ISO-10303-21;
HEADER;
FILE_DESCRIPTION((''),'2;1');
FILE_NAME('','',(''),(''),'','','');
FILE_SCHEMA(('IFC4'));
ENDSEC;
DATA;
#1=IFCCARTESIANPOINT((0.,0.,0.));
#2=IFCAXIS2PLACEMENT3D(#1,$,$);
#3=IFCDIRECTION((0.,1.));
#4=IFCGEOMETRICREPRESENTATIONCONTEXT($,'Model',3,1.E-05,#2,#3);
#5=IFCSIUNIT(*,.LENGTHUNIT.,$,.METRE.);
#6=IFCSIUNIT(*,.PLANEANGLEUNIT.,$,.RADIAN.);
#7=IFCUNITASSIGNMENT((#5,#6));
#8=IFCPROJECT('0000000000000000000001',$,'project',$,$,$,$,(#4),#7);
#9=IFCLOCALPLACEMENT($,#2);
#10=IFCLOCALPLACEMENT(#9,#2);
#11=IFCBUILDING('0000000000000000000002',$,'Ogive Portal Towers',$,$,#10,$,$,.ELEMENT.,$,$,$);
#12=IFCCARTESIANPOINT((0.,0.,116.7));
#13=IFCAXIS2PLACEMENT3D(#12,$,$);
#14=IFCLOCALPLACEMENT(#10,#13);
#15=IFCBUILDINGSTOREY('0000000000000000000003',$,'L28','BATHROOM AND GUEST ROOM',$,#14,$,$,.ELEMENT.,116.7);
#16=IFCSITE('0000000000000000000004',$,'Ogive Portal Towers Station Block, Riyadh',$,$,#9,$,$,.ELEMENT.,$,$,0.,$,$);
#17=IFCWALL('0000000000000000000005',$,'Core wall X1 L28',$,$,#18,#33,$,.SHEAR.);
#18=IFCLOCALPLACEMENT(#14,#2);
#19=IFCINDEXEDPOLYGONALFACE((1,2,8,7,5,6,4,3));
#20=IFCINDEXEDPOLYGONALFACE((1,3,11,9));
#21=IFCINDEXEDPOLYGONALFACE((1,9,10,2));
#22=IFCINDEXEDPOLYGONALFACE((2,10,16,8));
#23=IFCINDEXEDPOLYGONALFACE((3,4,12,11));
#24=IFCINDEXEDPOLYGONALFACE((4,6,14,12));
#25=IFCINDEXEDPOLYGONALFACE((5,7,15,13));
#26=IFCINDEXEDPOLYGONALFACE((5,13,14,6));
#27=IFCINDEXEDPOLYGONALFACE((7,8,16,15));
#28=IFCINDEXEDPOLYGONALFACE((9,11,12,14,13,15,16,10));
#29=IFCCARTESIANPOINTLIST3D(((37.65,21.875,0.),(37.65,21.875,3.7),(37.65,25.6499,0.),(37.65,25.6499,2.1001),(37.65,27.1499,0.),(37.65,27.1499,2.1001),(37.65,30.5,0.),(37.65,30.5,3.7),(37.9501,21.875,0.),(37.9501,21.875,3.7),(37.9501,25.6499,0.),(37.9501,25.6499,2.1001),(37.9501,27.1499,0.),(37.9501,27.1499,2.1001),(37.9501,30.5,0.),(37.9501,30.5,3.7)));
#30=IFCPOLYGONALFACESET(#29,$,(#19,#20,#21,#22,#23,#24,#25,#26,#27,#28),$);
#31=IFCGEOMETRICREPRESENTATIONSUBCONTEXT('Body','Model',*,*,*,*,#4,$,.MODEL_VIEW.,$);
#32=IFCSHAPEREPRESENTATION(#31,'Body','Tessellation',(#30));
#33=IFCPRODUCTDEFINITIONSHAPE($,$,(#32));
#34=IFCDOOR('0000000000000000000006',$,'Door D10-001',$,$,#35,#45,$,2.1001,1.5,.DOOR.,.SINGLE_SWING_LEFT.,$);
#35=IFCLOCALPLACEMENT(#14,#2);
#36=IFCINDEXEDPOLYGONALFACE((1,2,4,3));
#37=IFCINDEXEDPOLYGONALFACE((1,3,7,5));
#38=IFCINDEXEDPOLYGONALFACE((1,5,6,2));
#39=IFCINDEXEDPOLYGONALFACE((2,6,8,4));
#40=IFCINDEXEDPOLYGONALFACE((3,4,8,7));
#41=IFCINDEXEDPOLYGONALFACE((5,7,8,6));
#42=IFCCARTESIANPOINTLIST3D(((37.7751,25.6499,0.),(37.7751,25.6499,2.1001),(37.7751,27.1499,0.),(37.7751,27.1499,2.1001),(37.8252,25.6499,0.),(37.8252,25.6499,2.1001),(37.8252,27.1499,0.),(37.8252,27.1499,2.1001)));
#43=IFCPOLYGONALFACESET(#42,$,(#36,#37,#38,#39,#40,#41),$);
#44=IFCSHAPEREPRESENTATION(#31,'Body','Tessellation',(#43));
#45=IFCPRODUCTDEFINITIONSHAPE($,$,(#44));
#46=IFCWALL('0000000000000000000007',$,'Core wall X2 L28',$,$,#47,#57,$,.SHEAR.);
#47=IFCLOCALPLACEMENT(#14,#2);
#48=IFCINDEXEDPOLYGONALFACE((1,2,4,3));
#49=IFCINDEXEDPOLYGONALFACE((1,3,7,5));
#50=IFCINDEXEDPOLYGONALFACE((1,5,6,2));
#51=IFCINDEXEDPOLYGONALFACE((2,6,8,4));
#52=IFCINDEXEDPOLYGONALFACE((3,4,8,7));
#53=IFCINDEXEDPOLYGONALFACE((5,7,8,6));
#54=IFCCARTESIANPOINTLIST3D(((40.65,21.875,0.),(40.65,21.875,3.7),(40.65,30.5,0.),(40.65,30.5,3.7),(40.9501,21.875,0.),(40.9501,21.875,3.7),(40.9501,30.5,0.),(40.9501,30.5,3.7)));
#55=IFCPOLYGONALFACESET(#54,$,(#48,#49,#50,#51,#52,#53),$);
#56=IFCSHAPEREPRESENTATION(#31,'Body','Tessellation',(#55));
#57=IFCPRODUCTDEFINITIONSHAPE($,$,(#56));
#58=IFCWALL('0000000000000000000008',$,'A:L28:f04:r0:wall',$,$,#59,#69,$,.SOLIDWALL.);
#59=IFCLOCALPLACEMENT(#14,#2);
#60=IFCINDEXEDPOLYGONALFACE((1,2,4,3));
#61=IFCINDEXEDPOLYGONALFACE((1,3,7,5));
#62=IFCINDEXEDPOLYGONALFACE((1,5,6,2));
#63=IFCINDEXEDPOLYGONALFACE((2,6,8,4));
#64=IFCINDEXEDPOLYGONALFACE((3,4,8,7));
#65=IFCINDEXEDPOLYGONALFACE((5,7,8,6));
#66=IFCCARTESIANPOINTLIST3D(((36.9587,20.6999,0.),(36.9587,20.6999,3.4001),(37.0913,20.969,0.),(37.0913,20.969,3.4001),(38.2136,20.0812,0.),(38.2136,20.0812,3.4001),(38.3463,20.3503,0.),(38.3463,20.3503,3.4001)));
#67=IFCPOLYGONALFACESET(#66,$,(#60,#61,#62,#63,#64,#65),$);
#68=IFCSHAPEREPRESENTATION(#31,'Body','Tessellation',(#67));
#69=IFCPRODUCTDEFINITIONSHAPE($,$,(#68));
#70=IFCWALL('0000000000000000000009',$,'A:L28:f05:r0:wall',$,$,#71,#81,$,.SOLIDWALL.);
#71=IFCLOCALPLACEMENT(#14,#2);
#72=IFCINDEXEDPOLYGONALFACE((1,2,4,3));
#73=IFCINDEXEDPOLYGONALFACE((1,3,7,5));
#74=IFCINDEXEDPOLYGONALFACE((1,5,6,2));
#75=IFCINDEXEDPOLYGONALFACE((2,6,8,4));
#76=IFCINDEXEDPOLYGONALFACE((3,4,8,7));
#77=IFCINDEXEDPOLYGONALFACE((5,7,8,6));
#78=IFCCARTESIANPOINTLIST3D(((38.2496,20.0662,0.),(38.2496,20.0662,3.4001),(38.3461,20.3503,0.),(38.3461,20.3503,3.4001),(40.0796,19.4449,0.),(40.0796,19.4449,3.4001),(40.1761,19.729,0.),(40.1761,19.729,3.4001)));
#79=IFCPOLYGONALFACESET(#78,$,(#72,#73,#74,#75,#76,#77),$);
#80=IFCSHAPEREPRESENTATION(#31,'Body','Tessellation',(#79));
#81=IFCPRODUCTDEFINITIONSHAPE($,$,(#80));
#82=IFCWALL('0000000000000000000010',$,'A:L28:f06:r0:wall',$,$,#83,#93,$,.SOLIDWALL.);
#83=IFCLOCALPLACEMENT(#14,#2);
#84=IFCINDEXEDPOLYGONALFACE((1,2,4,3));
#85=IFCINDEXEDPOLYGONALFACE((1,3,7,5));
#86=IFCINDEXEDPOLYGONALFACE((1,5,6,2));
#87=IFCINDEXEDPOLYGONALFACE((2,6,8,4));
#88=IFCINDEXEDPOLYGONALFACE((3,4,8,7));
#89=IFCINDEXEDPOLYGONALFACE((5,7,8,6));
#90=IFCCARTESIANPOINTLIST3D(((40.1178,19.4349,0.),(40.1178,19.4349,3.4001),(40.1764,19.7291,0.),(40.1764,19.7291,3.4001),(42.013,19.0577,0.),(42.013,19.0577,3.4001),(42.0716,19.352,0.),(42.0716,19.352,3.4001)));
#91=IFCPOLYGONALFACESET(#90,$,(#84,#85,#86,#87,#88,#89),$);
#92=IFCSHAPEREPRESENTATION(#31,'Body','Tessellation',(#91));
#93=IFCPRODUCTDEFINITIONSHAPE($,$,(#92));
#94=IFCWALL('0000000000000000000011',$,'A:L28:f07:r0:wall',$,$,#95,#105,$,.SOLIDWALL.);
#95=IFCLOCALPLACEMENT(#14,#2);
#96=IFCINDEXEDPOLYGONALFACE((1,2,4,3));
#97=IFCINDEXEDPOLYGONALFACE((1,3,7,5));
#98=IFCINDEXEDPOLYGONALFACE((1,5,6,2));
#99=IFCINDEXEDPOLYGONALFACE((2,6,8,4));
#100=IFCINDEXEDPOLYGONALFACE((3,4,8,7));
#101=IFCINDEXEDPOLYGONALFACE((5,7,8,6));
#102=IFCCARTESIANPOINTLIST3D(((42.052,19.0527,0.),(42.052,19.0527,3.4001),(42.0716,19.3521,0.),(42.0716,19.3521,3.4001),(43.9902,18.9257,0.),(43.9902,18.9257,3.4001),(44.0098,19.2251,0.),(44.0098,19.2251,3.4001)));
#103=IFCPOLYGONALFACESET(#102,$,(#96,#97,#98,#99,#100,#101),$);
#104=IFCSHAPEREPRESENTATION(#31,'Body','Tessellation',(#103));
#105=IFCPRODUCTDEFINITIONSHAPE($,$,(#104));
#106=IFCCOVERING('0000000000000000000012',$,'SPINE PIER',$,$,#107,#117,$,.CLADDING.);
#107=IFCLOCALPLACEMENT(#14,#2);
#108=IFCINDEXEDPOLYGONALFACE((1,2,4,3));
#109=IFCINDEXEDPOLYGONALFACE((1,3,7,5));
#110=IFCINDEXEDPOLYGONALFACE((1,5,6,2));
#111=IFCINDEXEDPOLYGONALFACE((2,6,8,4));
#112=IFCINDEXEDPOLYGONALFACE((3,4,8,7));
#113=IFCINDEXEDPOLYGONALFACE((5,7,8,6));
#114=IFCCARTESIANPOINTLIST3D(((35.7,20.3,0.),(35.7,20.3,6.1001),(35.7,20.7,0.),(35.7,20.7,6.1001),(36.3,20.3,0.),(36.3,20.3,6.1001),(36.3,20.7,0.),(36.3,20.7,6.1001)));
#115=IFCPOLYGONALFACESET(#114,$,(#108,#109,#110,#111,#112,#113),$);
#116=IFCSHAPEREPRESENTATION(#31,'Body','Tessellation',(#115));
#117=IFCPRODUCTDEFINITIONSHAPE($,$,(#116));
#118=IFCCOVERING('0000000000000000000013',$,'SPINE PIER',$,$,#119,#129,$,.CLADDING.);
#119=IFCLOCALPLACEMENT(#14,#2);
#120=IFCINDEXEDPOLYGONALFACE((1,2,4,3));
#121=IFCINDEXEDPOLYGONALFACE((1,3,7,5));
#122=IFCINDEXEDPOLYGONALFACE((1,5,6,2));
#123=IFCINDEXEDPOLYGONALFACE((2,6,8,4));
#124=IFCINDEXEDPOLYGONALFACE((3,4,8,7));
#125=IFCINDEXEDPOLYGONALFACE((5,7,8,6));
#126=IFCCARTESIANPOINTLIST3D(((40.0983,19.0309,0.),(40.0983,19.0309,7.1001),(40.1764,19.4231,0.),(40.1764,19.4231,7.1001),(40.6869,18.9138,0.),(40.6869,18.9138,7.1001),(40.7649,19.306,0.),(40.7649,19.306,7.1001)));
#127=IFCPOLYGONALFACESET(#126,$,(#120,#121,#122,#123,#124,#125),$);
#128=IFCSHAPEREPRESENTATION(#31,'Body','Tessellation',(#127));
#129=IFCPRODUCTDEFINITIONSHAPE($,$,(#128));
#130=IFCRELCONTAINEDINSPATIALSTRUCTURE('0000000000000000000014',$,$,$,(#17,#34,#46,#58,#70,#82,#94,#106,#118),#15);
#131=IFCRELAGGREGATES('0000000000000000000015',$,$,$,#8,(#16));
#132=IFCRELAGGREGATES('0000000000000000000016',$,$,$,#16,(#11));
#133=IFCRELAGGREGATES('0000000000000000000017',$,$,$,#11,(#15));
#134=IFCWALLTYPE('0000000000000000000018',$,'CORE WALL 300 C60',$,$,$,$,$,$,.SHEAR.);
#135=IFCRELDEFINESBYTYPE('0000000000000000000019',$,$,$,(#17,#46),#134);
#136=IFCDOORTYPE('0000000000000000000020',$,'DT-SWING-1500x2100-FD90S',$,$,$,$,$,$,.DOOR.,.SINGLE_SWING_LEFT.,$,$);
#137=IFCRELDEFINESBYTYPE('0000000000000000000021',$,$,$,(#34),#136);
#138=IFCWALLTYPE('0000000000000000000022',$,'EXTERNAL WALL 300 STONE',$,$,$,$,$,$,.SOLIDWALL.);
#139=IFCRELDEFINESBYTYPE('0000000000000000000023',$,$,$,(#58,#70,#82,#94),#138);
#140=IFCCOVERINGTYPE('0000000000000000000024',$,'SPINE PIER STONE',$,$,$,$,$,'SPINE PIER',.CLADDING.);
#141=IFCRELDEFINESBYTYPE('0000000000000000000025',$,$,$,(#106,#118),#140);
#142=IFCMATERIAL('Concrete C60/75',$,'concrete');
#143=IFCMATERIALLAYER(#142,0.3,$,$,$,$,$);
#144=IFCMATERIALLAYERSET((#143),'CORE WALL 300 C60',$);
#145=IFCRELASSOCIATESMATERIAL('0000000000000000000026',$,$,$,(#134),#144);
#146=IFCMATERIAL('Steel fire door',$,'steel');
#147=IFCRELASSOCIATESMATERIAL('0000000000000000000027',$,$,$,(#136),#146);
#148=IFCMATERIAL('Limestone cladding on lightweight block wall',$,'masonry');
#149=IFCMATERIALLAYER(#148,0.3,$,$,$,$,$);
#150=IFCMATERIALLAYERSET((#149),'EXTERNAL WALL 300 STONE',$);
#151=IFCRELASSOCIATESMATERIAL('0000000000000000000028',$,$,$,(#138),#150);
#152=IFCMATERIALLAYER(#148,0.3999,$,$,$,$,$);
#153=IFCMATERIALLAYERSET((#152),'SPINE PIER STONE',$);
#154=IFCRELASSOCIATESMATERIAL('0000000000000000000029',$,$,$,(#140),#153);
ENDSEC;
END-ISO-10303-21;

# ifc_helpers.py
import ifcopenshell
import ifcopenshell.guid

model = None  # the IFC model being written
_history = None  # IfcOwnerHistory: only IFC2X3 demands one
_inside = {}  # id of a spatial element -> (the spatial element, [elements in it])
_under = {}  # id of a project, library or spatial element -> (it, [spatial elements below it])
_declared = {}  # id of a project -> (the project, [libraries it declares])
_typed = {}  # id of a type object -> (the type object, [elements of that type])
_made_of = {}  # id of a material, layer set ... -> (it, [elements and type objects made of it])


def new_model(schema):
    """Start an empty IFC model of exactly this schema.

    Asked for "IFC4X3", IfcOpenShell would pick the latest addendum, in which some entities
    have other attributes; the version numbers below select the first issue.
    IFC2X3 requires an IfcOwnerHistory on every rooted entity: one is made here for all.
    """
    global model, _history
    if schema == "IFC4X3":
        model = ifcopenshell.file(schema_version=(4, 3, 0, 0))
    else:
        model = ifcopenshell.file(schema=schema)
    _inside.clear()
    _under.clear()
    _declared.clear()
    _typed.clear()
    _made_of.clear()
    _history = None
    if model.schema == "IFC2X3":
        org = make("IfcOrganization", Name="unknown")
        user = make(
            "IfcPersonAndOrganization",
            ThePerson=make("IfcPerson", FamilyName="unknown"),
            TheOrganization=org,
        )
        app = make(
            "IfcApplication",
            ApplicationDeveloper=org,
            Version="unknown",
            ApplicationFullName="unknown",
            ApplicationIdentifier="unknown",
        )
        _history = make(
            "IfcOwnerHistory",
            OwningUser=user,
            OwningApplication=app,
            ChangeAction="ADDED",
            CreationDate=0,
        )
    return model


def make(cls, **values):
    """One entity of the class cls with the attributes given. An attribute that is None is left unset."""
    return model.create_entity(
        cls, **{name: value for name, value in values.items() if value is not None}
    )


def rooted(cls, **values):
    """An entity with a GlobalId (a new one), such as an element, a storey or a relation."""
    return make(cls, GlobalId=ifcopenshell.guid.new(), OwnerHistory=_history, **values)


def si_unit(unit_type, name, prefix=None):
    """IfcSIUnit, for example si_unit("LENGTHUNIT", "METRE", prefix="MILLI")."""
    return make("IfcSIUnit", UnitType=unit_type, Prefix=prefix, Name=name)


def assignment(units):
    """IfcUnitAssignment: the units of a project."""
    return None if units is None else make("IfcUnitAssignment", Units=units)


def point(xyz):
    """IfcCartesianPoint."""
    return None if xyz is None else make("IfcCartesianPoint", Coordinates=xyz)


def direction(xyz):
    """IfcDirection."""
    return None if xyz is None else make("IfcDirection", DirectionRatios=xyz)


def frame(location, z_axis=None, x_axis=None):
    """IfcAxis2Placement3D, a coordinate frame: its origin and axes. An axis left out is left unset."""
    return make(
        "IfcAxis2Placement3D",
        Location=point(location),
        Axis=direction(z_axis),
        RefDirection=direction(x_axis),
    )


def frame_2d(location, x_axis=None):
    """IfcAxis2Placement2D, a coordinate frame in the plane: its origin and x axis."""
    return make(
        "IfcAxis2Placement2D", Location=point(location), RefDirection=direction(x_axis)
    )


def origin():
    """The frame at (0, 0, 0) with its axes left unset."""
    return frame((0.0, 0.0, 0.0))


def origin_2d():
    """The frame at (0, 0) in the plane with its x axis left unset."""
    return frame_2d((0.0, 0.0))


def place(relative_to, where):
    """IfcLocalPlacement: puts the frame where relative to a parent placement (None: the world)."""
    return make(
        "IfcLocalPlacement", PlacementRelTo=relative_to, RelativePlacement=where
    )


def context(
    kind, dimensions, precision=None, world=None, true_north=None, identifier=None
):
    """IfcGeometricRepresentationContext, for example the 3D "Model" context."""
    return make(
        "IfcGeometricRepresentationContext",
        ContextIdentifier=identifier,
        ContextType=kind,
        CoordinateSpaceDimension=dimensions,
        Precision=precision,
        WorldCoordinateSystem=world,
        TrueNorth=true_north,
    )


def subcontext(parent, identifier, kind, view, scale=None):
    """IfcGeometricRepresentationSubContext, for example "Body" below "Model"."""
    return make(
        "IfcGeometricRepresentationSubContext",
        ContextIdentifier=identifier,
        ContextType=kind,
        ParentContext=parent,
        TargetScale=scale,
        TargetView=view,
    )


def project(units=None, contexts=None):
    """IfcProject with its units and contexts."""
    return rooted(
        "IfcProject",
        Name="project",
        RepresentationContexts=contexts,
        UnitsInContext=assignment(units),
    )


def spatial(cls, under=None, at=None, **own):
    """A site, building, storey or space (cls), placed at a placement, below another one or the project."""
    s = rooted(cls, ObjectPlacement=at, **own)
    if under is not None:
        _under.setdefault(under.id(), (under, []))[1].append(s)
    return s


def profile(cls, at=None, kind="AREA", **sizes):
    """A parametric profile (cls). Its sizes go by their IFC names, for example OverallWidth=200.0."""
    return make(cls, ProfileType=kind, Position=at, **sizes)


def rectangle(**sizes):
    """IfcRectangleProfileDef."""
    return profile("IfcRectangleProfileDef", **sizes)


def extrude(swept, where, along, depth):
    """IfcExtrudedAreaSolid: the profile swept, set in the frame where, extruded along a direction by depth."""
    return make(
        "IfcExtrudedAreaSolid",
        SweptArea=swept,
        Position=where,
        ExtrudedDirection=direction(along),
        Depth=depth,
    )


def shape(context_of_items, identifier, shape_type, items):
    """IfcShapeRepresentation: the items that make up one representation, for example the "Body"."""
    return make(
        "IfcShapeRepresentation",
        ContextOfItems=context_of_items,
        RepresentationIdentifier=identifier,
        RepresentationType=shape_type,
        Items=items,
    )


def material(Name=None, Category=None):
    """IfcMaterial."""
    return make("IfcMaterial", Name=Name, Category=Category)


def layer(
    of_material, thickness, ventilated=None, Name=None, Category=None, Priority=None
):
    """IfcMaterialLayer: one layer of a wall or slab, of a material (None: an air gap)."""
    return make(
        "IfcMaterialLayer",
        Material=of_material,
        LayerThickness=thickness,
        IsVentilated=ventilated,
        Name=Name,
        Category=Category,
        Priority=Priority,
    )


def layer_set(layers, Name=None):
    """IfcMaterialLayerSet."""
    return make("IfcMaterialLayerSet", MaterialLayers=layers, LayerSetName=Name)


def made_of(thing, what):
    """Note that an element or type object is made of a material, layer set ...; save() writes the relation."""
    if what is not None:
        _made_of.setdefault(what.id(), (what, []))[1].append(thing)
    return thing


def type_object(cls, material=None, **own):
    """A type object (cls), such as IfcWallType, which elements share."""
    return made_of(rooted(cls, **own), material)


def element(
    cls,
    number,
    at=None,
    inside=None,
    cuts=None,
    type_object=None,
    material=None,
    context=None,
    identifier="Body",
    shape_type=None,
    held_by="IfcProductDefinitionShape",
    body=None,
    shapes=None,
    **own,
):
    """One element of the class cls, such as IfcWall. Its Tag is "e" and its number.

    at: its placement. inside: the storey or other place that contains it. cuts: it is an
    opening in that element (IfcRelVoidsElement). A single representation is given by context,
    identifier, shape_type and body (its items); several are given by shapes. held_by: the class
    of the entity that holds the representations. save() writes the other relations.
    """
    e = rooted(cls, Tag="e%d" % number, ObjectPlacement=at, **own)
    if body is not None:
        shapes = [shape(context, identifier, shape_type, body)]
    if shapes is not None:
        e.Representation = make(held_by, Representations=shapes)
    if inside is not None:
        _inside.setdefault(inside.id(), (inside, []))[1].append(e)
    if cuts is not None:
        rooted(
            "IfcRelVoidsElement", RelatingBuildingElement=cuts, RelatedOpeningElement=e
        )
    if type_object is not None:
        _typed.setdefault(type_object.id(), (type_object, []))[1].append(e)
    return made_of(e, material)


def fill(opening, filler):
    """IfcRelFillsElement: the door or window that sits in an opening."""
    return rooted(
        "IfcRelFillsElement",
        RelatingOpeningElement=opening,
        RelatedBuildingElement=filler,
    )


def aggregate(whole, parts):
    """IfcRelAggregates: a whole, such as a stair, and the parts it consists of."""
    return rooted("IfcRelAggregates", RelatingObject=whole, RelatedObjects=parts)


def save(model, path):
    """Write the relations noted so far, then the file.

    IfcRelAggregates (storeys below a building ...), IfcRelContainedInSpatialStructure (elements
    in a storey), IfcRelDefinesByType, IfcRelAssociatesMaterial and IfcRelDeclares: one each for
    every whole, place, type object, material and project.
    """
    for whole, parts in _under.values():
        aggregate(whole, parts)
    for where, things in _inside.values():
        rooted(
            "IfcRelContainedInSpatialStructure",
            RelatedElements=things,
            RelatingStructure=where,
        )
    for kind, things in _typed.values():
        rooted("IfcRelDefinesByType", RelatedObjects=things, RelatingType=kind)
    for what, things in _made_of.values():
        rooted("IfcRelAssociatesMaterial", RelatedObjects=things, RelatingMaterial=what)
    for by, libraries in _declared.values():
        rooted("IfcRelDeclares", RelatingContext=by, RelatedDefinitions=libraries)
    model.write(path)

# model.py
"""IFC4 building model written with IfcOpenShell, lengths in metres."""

from ifc_helpers import new_model, si_unit, direction, frame, frame_2d, origin, origin_2d, place, context, subcontext, project, spatial, rectangle, extrude, material, layer, layer_set, type_object, element, fill, save


model = new_model("IFC4")

# Units and contexts
model_context = context("Model", 3, precision=1e-05, world=origin(), true_north=direction((0.0, 1.0)))
body_context = subcontext(model_context, "Body", "Model", "MODEL_VIEW")
ifc_project = project(units=[si_unit("LENGTHUNIT", "METRE"), si_unit("PLANEANGLEUNIT", "RADIAN")], contexts=[model_context])

# Site, building, storey
site_placement = place(None, origin())
site = spatial("IfcSite", under=ifc_project, at=site_placement, Name="Ogive Portal Towers Station Block, Riyadh", CompositionType="ELEMENT", RefElevation=0.0)
building_placement = place(site_placement, origin())
building = spatial("IfcBuilding", under=site, at=building_placement, Name="Ogive Portal Towers", CompositionType="ELEMENT")
storey_placement = place(building_placement, frame((0.0, 0.0, 116.7)))
storey = spatial("IfcBuildingStorey", under=building, at=storey_placement, Name="L28", Description="BATHROOM AND GUEST ROOM", CompositionType="ELEMENT", Elevation=116.7)

# Wall, opening, door
ifc_material_1 = material(Name="Concrete C60/75", Category="concrete")
ifc_layer_1 = layer(ifc_material_1, 0.3)
ifc_layer_set_1 = layer_set([ifc_layer_1], Name="CORE WALL 300 C60")
wall_type_1 = type_object("IfcWallType", Name="CORE WALL 300 C60", PredefinedType="SHEAR", material=ifc_layer_set_1)
wall_1_placement = place(storey_placement, frame((37.8, 21.875, 0.0), z_axis=(0.0, 0.0, 1.0), x_axis=(0.0, 1.0, 0.0)))
wall_1 = element("IfcWall", 1, at=wall_1_placement, inside=storey, type_object=wall_type_1, Name="Core wall X1 L28", PredefinedType="SHEAR", context=body_context, shape_type="SweptSolid", body=[
    extrude(rectangle(XDim=8.625, YDim=0.3, at=frame_2d((4.3125, 0.0))), origin(), (0.0, 0.0, 1.0), 3.7),
])
opening_1_placement = place(wall_1_placement, frame((3.7749, 0.0, 0.0)))
opening_1 = element("IfcOpeningElement", 2, at=opening_1_placement, cuts=wall_1, PredefinedType="OPENING", context=body_context, shape_type="SweptSolid", body=[
    extrude(rectangle(XDim=1.5, YDim=2.1001, at=frame_2d((0.75, 1.05))), frame((0.0, 0.1602, 0.0), z_axis=(0.0, -1.0, 0.0), x_axis=(1.0, 0.0, 0.0)), (0.0, 0.0, 1.0), 0.3201),
])
ifc_material_2 = material(Name="Steel fire door", Category="steel")
door_type = type_object("IfcDoorType", Name="DT-SWING-1500x2100-FD90S", OperationType="SINGLE_SWING_LEFT", PredefinedType="DOOR", material=ifc_material_2)
door_placement = place(opening_1_placement, origin())
door = element("IfcDoor", 3, at=door_placement, inside=storey, type_object=door_type, Name="Door D10-001", OperationType="SINGLE_SWING_LEFT", OverallHeight=2.1001, OverallWidth=1.5, PredefinedType="DOOR", context=body_context, shape_type="SweptSolid", body=[
    extrude(rectangle(XDim=1.5, YDim=2.1001, at=frame_2d((0.75, 1.05))), frame((0.0, 0.0249, 0.0), z_axis=(0.0, -1.0, 0.0), x_axis=(1.0, 0.0, 0.0)), (0.0, 0.0, 1.0), 0.05),
])
fill(opening_1, door)

# Walls
wall_2_placement = place(storey_placement, frame((40.8, 21.875, 0.0), z_axis=(0.0, 0.0, 1.0), x_axis=(0.0, 1.0, 0.0)))
element("IfcWall", 4, at=wall_2_placement, inside=storey, type_object=wall_type_1, Name="Core wall X2 L28", PredefinedType="SHEAR", context=body_context, shape_type="SweptSolid", body=[
    extrude(rectangle(XDim=8.625, YDim=0.3, at=frame_2d((4.3125, 0.0))), origin(), (0.0, 0.0, 1.0), 3.7),
])
ifc_material_3 = material(Name="Limestone cladding on lightweight block wall", Category="masonry")
ifc_layer_2 = layer(ifc_material_3, 0.3)
ifc_layer_set_2 = layer_set([ifc_layer_2], Name="EXTERNAL WALL 300 STONE")
wall_type_2 = type_object("IfcWallType", Name="EXTERNAL WALL 300 STONE", PredefinedType="SOLIDWALL", material=ifc_layer_set_2)
wall_3_placement = place(storey_placement, frame((37.0249, 20.8345, 0.0), z_axis=(0.0, 0.0, 1.0), x_axis=(0.896926, -0.442181, 0.0)))
element("IfcWall", 5, at=wall_3_placement, inside=storey, type_object=wall_type_2, Name="A:L28:f04:r0:wall", PredefinedType="SOLIDWALL", context=body_context, shape_type="SweptSolid", body=[
    extrude(rectangle(XDim=1.3992, YDim=0.3, at=frame_2d((0.6997, 0.0))), origin(), (0.0, 0.0, 1.0), 3.4001),
])
wall_4_placement = place(storey_placement, frame((38.2979, 20.2083, 0.0), z_axis=(0.0, 0.0, 1.0), x_axis=(0.946913, -0.321491, 0.0)))
element("IfcWall", 6, at=wall_4_placement, inside=storey, type_object=wall_type_2, Name="A:L28:f05:r0:wall", PredefinedType="SOLIDWALL", context=body_context, shape_type="SweptSolid", body=[
    extrude(rectangle(XDim=1.9326, YDim=0.3, at=frame_2d((0.9663, 0.0))), origin(), (0.0, 0.0, 1.0), 3.4001),
])
wall_5_placement = place(storey_placement, frame((40.147, 19.582, 0.0), z_axis=(0.0, 0.0, 1.0), x_axis=(0.980765, -0.195193, 0.0)))
element("IfcWall", 7, at=wall_5_placement, inside=storey, type_object=wall_type_2, Name="A:L28:f06:r0:wall", PredefinedType="SOLIDWALL", context=body_context, shape_type="SweptSolid", body=[
    extrude(rectangle(XDim=1.9324, YDim=0.3, at=frame_2d((0.9663, 0.0))), origin(), (0.0, 0.0, 1.0), 3.4001),
])
wall_6_placement = place(storey_placement, frame((42.0618, 19.2024, 0.0), z_axis=(0.0, 0.0, 1.0), x_axis=(0.997862, -0.065359, 0.0)))
element("IfcWall", 8, at=wall_6_placement, inside=storey, type_object=wall_type_2, Name="A:L28:f07:r0:wall", PredefinedType="SOLIDWALL", context=body_context, shape_type="SweptSolid", body=[
    extrude(rectangle(XDim=1.9424, YDim=0.3, at=frame_2d((0.9712, 0.0))), origin(), (0.0, 0.0, 1.0), 3.4001),
])

# Coverings
ifc_layer_3 = layer(ifc_material_3, 0.3999)
ifc_layer_set_3 = layer_set([ifc_layer_3], Name="SPINE PIER STONE")
covering_type = type_object("IfcCoveringType", Name="SPINE PIER STONE", ElementType="SPINE PIER", PredefinedType="CLADDING", material=ifc_layer_set_3)
covering_1_placement = place(storey_placement, frame((36.0, 20.5, 0.0), z_axis=(0.0, 0.0, 1.0), x_axis=(1.0, 0.0, 0.0)))
element("IfcCovering", 9, at=covering_1_placement, inside=storey, type_object=covering_type, Name="SPINE PIER", PredefinedType="CLADDING", context=body_context, shape_type="SweptSolid", body=[
    extrude(rectangle(XDim=0.6001, YDim=0.3999, at=origin_2d()), origin(), (0.0, 0.0, 1.0), 6.1001),
])
covering_2_placement = place(storey_placement, frame((40.4316, 19.1685, 0.0), z_axis=(0.0, 0.0, 1.0), x_axis=(0.980785, -0.19509, 0.0)))
element("IfcCovering", 10, at=covering_2_placement, inside=storey, type_object=covering_type, Name="SPINE PIER", PredefinedType="CLADDING", context=body_context, shape_type="SweptSolid", body=[
    extrude(rectangle(XDim=0.6001, YDim=0.3999, at=origin_2d()), origin(), (0.0, 0.0, 1.0), 7.1001),
])

save(model, "model.ifc")
